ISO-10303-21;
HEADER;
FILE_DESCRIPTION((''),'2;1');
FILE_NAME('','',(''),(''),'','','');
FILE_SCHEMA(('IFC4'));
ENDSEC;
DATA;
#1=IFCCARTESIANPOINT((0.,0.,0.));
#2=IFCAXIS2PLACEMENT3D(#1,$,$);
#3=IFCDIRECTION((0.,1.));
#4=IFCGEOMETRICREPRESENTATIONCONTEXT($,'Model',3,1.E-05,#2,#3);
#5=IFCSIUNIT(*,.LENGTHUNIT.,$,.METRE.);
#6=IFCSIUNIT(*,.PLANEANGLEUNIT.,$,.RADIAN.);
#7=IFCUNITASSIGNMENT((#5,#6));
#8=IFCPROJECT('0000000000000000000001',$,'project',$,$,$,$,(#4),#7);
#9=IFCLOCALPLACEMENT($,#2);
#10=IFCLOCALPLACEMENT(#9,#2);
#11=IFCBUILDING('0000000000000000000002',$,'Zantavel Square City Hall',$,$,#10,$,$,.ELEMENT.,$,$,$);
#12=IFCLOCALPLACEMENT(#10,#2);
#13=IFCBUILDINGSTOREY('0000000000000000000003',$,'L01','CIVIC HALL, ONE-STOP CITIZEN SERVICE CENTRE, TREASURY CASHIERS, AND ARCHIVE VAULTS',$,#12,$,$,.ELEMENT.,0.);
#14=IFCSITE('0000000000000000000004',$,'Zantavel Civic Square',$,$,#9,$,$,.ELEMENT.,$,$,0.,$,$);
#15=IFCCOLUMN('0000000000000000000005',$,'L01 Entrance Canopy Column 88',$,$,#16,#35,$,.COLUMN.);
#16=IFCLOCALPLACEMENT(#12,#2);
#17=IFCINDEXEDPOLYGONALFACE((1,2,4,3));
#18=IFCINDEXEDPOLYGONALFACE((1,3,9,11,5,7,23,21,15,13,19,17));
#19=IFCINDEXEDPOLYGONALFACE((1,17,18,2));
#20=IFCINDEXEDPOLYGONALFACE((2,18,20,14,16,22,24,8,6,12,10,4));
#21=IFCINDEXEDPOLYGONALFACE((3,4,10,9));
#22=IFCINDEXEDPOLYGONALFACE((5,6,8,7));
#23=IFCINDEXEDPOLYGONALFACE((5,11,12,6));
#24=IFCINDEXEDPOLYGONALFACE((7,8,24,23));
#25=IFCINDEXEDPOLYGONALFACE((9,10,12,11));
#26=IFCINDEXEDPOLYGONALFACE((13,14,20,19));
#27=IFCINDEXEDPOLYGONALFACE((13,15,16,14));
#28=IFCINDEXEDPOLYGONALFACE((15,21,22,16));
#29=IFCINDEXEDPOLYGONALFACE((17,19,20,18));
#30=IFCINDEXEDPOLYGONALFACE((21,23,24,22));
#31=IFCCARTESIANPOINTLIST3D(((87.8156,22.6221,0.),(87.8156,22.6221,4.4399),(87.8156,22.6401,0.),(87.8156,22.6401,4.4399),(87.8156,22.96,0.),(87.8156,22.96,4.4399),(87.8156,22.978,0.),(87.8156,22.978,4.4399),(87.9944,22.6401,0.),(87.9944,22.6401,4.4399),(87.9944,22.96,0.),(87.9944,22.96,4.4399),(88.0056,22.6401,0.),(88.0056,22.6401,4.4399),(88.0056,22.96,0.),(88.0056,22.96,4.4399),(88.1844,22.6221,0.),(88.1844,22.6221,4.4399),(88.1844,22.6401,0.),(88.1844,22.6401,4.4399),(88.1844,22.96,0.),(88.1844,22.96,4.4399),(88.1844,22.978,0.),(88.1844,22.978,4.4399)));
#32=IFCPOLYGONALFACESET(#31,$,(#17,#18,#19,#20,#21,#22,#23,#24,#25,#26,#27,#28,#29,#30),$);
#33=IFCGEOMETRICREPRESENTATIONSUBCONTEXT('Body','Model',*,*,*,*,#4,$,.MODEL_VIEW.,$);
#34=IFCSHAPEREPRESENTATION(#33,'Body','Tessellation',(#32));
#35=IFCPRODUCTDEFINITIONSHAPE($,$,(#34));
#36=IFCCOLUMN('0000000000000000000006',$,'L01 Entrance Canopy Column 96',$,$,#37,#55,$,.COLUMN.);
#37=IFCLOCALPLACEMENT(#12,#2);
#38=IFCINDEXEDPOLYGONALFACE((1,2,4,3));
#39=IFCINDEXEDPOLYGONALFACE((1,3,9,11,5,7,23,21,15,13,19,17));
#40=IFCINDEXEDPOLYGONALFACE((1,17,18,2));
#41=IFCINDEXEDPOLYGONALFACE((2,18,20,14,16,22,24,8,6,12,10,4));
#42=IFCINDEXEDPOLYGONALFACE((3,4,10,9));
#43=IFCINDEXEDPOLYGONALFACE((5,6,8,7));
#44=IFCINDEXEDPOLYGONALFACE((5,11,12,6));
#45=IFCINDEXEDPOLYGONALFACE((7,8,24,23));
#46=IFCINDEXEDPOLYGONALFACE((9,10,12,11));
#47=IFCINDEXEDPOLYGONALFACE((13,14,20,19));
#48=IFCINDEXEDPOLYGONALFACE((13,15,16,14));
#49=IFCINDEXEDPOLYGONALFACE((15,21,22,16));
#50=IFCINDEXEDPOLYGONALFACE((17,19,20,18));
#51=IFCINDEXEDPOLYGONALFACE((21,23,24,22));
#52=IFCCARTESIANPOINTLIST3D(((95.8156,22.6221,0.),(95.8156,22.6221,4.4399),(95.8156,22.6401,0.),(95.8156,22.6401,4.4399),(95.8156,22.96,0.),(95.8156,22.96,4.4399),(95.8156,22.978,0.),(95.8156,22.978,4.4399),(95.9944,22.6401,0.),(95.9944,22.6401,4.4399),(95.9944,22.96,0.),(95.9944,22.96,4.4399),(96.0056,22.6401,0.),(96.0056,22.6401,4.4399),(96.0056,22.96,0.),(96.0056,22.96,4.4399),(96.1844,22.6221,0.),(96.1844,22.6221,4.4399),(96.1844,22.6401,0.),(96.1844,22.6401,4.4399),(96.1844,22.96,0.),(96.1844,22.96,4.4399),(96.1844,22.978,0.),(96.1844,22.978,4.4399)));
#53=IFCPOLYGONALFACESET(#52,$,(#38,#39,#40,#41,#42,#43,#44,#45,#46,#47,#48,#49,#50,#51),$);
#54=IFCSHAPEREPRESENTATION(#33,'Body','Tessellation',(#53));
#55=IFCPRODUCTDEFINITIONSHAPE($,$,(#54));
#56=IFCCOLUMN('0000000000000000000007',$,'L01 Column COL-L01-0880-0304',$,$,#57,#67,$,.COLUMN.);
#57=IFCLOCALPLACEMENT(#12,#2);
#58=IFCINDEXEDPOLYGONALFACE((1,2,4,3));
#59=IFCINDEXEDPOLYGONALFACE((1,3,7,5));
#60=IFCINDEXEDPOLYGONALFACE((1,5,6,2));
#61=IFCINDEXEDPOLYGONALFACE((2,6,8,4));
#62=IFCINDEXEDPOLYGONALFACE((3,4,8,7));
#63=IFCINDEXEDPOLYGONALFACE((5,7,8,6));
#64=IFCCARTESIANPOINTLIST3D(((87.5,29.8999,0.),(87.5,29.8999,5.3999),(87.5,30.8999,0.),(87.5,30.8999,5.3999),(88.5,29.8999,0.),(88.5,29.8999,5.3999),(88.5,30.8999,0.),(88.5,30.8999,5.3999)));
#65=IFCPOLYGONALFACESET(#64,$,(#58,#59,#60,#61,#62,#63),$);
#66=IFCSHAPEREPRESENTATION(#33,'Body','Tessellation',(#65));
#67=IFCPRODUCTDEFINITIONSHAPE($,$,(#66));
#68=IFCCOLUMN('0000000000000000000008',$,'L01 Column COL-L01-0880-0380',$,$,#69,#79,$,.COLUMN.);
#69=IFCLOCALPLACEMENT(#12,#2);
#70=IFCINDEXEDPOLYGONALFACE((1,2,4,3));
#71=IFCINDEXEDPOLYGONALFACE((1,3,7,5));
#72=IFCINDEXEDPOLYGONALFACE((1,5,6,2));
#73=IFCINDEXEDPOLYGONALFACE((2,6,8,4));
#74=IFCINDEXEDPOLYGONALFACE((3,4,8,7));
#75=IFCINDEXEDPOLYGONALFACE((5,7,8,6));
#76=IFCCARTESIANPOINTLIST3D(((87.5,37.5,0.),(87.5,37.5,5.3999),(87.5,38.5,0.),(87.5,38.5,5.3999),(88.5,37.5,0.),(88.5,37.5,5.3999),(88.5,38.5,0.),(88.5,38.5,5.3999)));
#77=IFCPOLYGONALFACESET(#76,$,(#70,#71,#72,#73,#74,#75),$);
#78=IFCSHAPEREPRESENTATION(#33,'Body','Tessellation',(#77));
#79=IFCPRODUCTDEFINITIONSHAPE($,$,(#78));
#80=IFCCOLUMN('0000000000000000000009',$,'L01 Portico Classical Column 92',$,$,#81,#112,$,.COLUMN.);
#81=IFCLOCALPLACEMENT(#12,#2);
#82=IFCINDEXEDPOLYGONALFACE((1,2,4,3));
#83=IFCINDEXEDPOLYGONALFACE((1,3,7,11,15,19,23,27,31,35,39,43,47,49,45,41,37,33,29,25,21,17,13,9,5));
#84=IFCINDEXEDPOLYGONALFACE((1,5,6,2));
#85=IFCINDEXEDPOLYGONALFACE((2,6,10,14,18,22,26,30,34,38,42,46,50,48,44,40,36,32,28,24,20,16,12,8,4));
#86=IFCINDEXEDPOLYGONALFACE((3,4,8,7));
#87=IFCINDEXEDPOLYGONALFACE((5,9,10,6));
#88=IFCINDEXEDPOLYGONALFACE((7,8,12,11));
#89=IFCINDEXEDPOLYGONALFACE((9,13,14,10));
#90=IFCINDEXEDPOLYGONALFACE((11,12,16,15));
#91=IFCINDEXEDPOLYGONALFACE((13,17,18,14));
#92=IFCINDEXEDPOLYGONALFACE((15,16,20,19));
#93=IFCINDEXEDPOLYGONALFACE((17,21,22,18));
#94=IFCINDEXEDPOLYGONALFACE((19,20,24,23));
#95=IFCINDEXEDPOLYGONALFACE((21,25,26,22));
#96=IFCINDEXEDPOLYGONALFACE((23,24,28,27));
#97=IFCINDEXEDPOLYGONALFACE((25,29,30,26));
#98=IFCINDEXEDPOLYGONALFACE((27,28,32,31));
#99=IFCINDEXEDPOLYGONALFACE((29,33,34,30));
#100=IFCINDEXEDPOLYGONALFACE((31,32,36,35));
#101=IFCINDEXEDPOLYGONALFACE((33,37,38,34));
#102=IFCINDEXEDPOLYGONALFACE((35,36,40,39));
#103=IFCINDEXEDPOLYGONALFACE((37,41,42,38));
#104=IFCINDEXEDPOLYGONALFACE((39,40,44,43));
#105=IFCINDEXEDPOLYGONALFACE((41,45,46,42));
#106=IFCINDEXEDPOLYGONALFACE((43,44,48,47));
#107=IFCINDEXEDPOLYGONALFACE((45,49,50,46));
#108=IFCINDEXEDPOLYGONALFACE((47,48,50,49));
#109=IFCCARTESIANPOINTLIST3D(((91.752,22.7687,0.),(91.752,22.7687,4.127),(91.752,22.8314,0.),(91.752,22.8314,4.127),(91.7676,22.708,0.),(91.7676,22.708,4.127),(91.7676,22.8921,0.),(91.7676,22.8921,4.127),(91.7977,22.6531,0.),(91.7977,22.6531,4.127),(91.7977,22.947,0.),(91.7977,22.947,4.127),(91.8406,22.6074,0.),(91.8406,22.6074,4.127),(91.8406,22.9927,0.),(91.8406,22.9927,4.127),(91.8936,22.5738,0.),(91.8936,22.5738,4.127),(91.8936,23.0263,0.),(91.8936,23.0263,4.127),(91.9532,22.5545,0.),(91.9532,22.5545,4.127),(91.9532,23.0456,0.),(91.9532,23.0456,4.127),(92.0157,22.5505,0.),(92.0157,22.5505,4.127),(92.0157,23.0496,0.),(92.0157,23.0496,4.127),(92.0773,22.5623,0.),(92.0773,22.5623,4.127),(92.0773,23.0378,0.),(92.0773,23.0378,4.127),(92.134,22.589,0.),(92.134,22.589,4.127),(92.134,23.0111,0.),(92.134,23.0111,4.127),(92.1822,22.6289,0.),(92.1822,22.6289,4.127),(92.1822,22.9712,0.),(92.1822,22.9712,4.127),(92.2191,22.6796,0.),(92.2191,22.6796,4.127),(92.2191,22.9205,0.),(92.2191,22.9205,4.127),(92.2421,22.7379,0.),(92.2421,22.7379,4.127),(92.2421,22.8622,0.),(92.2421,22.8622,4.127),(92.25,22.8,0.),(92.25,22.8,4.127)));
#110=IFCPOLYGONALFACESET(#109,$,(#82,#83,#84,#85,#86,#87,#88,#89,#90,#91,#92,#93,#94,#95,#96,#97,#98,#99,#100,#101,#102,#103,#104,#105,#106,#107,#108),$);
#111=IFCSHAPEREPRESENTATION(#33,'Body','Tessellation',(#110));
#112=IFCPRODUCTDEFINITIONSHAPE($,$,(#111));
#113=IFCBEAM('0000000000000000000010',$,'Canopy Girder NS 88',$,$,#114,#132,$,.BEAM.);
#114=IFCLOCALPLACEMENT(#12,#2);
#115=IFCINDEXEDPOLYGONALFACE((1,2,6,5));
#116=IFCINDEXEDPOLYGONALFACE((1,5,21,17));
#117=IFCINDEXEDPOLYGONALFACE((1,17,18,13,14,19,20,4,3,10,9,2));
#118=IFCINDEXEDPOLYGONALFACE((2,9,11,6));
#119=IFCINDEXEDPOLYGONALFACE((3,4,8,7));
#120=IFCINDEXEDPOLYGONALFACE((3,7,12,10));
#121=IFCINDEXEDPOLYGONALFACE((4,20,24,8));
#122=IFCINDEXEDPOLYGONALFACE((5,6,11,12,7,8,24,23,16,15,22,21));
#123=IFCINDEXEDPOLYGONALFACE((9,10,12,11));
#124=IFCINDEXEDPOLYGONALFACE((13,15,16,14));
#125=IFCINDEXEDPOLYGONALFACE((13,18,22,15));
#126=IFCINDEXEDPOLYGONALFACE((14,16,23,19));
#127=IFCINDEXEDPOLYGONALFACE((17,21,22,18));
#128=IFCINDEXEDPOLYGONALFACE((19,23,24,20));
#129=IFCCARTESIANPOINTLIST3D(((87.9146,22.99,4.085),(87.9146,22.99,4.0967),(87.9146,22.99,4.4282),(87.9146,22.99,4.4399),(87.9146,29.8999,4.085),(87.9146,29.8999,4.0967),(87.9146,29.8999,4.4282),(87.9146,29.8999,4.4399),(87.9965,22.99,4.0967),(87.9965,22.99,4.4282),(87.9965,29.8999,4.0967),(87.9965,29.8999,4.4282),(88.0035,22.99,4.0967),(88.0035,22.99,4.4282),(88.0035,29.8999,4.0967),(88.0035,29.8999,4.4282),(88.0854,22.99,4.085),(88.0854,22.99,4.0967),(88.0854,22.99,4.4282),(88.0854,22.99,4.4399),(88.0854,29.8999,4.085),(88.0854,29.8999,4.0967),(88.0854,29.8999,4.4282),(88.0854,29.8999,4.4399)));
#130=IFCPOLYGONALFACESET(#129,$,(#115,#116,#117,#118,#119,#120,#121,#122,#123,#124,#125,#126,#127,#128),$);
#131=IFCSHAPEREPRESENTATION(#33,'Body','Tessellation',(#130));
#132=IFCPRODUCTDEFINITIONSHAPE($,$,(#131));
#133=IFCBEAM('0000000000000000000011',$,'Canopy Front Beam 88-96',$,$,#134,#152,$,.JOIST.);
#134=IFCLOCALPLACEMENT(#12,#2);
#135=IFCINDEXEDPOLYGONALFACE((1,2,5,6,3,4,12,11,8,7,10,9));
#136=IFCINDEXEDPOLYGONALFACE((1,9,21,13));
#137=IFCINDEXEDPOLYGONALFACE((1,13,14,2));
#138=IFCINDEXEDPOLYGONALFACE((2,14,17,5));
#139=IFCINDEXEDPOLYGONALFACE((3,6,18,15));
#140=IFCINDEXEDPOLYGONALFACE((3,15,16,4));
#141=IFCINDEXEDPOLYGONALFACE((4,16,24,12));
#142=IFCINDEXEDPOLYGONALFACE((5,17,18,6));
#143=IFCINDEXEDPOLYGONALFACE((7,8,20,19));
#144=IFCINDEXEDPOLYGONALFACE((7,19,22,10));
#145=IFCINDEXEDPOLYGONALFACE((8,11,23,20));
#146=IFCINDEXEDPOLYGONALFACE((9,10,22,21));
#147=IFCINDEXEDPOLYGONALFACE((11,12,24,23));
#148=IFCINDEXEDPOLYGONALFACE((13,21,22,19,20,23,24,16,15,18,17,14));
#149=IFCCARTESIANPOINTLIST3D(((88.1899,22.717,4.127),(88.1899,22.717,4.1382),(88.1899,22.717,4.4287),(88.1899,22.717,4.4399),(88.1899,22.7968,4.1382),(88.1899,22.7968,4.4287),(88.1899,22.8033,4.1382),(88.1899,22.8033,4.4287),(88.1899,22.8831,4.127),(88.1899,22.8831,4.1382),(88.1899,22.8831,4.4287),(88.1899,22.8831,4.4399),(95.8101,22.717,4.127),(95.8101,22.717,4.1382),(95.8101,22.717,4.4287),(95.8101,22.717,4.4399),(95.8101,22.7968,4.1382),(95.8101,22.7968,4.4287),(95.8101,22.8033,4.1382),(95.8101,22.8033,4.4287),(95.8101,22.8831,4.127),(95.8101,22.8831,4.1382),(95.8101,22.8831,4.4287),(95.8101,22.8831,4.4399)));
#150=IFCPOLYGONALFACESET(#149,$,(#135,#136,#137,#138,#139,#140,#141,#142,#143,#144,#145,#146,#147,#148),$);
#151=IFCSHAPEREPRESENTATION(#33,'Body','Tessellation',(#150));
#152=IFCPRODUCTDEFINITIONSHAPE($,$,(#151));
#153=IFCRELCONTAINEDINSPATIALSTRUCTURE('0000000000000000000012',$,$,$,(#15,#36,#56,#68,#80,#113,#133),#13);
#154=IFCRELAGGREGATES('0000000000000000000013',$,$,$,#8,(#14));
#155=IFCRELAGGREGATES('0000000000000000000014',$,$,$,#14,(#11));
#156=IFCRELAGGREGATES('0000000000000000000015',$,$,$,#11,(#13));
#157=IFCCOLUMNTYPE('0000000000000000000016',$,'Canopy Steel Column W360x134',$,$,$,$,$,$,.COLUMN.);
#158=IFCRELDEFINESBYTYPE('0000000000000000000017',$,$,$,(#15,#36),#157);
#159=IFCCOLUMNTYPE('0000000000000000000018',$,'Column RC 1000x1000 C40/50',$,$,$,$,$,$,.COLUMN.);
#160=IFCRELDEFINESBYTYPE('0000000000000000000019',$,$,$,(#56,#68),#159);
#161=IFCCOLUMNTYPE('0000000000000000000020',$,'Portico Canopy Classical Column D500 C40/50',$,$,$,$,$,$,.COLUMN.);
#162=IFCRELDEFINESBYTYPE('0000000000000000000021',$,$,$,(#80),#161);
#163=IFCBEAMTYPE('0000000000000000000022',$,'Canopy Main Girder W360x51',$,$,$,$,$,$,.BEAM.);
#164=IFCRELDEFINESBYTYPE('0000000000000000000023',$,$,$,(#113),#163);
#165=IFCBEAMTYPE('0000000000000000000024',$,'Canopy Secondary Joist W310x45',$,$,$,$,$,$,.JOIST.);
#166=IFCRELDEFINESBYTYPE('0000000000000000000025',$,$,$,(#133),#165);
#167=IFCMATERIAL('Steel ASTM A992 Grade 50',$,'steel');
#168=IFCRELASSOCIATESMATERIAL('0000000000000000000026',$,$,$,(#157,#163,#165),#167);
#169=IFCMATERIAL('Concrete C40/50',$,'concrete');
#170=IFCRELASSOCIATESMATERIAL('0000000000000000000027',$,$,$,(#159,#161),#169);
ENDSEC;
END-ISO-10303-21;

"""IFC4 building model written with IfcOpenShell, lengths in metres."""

from ifc_helpers import new_model, si_unit, direction, frame, origin, origin_2d, place, context, subcontext, project, spatial, rectangle, circle, i_section, extrude, material, material_profile, profile_set, type_object, element, save


model = new_model("IFC4")

# Units and contexts
model_context = context("Model", 3, precision=1e-05, world=origin(), true_north=direction((0.0, 1.0)))
body_context = subcontext(model_context, "Body", "Model", "MODEL_VIEW")
ifc_project = project(units=[si_unit("LENGTHUNIT", "METRE"), si_unit("PLANEANGLEUNIT", "RADIAN")], contexts=[model_context])

# Site, building, storey
site_placement = place(None, origin())
site = spatial("IfcSite", under=ifc_project, at=site_placement, Name="Zantavel Civic Square", CompositionType="ELEMENT", RefElevation=0.0)
building_placement = place(site_placement, origin())
building = spatial("IfcBuilding", under=site, at=building_placement, Name="Zantavel Square City Hall", CompositionType="ELEMENT")
storey_placement = place(building_placement, origin())
storey = spatial("IfcBuildingStorey", under=building, at=storey_placement, Name="L01", Description="CIVIC HALL, ONE-STOP CITIZEN SERVICE CENTRE, TREASURY CASHIERS, AND ARCHIVE VAULTS", CompositionType="ELEMENT", Elevation=0.0)

# Columns
ifc_material_1 = material(Name="Steel ASTM A992 Grade 50", Category="steel")
ifc_material_profile_1 = material_profile(ifc_material_1, i_section(OverallWidth=0.3689, OverallDepth=0.356, WebThickness=0.0112, FlangeThickness=0.0181, at=origin_2d()), Name="W360x134")
ifc_profile_set_1 = profile_set([ifc_material_profile_1], Name="Steel ASTM A992 Grade 50")
column_type_1 = type_object("IfcColumnType", Name="Canopy Steel Column W360x134", PredefinedType="COLUMN", material=ifc_profile_set_1)
for number, where, z_axis, x_axis, name in (
    (1, (88.0, 22.8, 0.0), (0.0, 0.0, 1.0), (1.0, 0.0, 0.0), "L01 Entrance Canopy Column 88"),
    (2, (96.0, 22.8, 0.0), (0.0, 0.0, 1.0), (1.0, 0.0, 0.0), "L01 Entrance Canopy Column 96"),
):
    element("IfcColumn", number, at=place(storey_placement, frame(where, z_axis=z_axis, x_axis=x_axis)), inside=storey, type_object=column_type_1, Name=name, PredefinedType="COLUMN", context=body_context, shape_type="SweptSolid", body=[
        extrude(i_section(OverallWidth=0.3689, OverallDepth=0.356, WebThickness=0.0112, FlangeThickness=0.0181, at=origin_2d()), origin(), (0.0, 0.0, 1.0), 4.4399),
    ])
ifc_material_2 = material(Name="Concrete C40/50", Category="concrete")
ifc_material_profile_2 = material_profile(ifc_material_2, rectangle(XDim=1.0, YDim=1.0, at=origin_2d()), Name="RC 1000x1000")
ifc_profile_set_2 = profile_set([ifc_material_profile_2], Name="Concrete C40/50")
column_type_2 = type_object("IfcColumnType", Name="Column RC 1000x1000 C40/50", PredefinedType="COLUMN", material=ifc_profile_set_2)
for number, where, z_axis, x_axis, name in (
    (3, (88.0, 30.3999, 0.0), (0.0, 0.0, 1.0), (1.0, 0.0, 0.0), "L01 Column COL-L01-0880-0304"),
    (4, (88.0, 38.0, 0.0), (0.0, 0.0, 1.0), (1.0, 0.0, 0.0), "L01 Column COL-L01-0880-0380"),
):
    element("IfcColumn", number, at=place(storey_placement, frame(where, z_axis=z_axis, x_axis=x_axis)), inside=storey, type_object=column_type_2, Name=name, PredefinedType="COLUMN", context=body_context, shape_type="SweptSolid", body=[
        extrude(rectangle(XDim=1.0, YDim=1.0, at=origin_2d()), origin(), (0.0, 0.0, 1.0), 5.3999),
    ])
ifc_material_profile_3 = material_profile(ifc_material_2, circle(Radius=0.25, at=origin_2d()), Name="ROUND D500")
ifc_profile_set_3 = profile_set([ifc_material_profile_3], Name="Concrete C40/50")
column_type_3 = type_object("IfcColumnType", Name="Portico Canopy Classical Column D500 C40/50", PredefinedType="COLUMN", material=ifc_profile_set_3)
column_placement = place(storey_placement, frame((92.0, 22.8, 0.0), z_axis=(0.0, 0.0, 1.0), x_axis=(1.0, 0.0, 0.0)))
element("IfcColumn", 5, at=column_placement, inside=storey, type_object=column_type_3, Name="L01 Portico Classical Column 92", PredefinedType="COLUMN", context=body_context, shape_type="SweptSolid", body=[
    extrude(circle(Radius=0.25, at=origin_2d()), origin(), (0.0, 0.0, 1.0), 4.127),
])

# Beams
ifc_material_profile_4 = material_profile(ifc_material_1, i_section(OverallWidth=0.1709, OverallDepth=0.355, WebThickness=0.0071, FlangeThickness=0.0117, at=origin_2d()), Name="W360x51")
ifc_profile_set_4 = profile_set([ifc_material_profile_4], Name="Steel ASTM A992 Grade 50")
beam_type_1 = type_object("IfcBeamType", Name="Canopy Main Girder W360x51", PredefinedType="BEAM", material=ifc_profile_set_4)
beam_1_placement = place(storey_placement, frame((88.0, 22.99, 4.2625), z_axis=(0.0, 1.0, 0.0), x_axis=(-1.0, 0.0, 0.0)))
element("IfcBeam", 6, at=beam_1_placement, inside=storey, type_object=beam_type_1, Name="Canopy Girder NS 88", PredefinedType="BEAM", context=body_context, shape_type="SweptSolid", body=[
    extrude(i_section(OverallWidth=0.1709, OverallDepth=0.355, WebThickness=0.0071, FlangeThickness=0.0117, at=origin_2d()), origin(), (0.0, 0.0, 1.0), 6.9099),
])
ifc_material_profile_5 = material_profile(ifc_material_1, i_section(OverallWidth=0.166, OverallDepth=0.313, WebThickness=0.0066, FlangeThickness=0.0112, at=origin_2d()), Name="W310x45")
ifc_profile_set_5 = profile_set([ifc_material_profile_5], Name="Steel ASTM A992 Grade 50")
beam_type_2 = type_object("IfcBeamType", Name="Canopy Secondary Joist W310x45", PredefinedType="JOIST", material=ifc_profile_set_5)
beam_2_placement = place(storey_placement, frame((88.1899, 22.8, 4.2834), z_axis=(1.0, 0.0, 0.0), x_axis=(0.0, 1.0, 0.0)))
element("IfcBeam", 7, at=beam_2_placement, inside=storey, type_object=beam_type_2, Name="Canopy Front Beam 88-96", PredefinedType="JOIST", context=body_context, shape_type="SweptSolid", body=[
    extrude(i_section(OverallWidth=0.166, OverallDepth=0.313, WebThickness=0.0066, FlangeThickness=0.0112, at=origin_2d()), origin(), (0.0, 0.0, 1.0), 7.6201),
])

save(model, "model.ifc")
